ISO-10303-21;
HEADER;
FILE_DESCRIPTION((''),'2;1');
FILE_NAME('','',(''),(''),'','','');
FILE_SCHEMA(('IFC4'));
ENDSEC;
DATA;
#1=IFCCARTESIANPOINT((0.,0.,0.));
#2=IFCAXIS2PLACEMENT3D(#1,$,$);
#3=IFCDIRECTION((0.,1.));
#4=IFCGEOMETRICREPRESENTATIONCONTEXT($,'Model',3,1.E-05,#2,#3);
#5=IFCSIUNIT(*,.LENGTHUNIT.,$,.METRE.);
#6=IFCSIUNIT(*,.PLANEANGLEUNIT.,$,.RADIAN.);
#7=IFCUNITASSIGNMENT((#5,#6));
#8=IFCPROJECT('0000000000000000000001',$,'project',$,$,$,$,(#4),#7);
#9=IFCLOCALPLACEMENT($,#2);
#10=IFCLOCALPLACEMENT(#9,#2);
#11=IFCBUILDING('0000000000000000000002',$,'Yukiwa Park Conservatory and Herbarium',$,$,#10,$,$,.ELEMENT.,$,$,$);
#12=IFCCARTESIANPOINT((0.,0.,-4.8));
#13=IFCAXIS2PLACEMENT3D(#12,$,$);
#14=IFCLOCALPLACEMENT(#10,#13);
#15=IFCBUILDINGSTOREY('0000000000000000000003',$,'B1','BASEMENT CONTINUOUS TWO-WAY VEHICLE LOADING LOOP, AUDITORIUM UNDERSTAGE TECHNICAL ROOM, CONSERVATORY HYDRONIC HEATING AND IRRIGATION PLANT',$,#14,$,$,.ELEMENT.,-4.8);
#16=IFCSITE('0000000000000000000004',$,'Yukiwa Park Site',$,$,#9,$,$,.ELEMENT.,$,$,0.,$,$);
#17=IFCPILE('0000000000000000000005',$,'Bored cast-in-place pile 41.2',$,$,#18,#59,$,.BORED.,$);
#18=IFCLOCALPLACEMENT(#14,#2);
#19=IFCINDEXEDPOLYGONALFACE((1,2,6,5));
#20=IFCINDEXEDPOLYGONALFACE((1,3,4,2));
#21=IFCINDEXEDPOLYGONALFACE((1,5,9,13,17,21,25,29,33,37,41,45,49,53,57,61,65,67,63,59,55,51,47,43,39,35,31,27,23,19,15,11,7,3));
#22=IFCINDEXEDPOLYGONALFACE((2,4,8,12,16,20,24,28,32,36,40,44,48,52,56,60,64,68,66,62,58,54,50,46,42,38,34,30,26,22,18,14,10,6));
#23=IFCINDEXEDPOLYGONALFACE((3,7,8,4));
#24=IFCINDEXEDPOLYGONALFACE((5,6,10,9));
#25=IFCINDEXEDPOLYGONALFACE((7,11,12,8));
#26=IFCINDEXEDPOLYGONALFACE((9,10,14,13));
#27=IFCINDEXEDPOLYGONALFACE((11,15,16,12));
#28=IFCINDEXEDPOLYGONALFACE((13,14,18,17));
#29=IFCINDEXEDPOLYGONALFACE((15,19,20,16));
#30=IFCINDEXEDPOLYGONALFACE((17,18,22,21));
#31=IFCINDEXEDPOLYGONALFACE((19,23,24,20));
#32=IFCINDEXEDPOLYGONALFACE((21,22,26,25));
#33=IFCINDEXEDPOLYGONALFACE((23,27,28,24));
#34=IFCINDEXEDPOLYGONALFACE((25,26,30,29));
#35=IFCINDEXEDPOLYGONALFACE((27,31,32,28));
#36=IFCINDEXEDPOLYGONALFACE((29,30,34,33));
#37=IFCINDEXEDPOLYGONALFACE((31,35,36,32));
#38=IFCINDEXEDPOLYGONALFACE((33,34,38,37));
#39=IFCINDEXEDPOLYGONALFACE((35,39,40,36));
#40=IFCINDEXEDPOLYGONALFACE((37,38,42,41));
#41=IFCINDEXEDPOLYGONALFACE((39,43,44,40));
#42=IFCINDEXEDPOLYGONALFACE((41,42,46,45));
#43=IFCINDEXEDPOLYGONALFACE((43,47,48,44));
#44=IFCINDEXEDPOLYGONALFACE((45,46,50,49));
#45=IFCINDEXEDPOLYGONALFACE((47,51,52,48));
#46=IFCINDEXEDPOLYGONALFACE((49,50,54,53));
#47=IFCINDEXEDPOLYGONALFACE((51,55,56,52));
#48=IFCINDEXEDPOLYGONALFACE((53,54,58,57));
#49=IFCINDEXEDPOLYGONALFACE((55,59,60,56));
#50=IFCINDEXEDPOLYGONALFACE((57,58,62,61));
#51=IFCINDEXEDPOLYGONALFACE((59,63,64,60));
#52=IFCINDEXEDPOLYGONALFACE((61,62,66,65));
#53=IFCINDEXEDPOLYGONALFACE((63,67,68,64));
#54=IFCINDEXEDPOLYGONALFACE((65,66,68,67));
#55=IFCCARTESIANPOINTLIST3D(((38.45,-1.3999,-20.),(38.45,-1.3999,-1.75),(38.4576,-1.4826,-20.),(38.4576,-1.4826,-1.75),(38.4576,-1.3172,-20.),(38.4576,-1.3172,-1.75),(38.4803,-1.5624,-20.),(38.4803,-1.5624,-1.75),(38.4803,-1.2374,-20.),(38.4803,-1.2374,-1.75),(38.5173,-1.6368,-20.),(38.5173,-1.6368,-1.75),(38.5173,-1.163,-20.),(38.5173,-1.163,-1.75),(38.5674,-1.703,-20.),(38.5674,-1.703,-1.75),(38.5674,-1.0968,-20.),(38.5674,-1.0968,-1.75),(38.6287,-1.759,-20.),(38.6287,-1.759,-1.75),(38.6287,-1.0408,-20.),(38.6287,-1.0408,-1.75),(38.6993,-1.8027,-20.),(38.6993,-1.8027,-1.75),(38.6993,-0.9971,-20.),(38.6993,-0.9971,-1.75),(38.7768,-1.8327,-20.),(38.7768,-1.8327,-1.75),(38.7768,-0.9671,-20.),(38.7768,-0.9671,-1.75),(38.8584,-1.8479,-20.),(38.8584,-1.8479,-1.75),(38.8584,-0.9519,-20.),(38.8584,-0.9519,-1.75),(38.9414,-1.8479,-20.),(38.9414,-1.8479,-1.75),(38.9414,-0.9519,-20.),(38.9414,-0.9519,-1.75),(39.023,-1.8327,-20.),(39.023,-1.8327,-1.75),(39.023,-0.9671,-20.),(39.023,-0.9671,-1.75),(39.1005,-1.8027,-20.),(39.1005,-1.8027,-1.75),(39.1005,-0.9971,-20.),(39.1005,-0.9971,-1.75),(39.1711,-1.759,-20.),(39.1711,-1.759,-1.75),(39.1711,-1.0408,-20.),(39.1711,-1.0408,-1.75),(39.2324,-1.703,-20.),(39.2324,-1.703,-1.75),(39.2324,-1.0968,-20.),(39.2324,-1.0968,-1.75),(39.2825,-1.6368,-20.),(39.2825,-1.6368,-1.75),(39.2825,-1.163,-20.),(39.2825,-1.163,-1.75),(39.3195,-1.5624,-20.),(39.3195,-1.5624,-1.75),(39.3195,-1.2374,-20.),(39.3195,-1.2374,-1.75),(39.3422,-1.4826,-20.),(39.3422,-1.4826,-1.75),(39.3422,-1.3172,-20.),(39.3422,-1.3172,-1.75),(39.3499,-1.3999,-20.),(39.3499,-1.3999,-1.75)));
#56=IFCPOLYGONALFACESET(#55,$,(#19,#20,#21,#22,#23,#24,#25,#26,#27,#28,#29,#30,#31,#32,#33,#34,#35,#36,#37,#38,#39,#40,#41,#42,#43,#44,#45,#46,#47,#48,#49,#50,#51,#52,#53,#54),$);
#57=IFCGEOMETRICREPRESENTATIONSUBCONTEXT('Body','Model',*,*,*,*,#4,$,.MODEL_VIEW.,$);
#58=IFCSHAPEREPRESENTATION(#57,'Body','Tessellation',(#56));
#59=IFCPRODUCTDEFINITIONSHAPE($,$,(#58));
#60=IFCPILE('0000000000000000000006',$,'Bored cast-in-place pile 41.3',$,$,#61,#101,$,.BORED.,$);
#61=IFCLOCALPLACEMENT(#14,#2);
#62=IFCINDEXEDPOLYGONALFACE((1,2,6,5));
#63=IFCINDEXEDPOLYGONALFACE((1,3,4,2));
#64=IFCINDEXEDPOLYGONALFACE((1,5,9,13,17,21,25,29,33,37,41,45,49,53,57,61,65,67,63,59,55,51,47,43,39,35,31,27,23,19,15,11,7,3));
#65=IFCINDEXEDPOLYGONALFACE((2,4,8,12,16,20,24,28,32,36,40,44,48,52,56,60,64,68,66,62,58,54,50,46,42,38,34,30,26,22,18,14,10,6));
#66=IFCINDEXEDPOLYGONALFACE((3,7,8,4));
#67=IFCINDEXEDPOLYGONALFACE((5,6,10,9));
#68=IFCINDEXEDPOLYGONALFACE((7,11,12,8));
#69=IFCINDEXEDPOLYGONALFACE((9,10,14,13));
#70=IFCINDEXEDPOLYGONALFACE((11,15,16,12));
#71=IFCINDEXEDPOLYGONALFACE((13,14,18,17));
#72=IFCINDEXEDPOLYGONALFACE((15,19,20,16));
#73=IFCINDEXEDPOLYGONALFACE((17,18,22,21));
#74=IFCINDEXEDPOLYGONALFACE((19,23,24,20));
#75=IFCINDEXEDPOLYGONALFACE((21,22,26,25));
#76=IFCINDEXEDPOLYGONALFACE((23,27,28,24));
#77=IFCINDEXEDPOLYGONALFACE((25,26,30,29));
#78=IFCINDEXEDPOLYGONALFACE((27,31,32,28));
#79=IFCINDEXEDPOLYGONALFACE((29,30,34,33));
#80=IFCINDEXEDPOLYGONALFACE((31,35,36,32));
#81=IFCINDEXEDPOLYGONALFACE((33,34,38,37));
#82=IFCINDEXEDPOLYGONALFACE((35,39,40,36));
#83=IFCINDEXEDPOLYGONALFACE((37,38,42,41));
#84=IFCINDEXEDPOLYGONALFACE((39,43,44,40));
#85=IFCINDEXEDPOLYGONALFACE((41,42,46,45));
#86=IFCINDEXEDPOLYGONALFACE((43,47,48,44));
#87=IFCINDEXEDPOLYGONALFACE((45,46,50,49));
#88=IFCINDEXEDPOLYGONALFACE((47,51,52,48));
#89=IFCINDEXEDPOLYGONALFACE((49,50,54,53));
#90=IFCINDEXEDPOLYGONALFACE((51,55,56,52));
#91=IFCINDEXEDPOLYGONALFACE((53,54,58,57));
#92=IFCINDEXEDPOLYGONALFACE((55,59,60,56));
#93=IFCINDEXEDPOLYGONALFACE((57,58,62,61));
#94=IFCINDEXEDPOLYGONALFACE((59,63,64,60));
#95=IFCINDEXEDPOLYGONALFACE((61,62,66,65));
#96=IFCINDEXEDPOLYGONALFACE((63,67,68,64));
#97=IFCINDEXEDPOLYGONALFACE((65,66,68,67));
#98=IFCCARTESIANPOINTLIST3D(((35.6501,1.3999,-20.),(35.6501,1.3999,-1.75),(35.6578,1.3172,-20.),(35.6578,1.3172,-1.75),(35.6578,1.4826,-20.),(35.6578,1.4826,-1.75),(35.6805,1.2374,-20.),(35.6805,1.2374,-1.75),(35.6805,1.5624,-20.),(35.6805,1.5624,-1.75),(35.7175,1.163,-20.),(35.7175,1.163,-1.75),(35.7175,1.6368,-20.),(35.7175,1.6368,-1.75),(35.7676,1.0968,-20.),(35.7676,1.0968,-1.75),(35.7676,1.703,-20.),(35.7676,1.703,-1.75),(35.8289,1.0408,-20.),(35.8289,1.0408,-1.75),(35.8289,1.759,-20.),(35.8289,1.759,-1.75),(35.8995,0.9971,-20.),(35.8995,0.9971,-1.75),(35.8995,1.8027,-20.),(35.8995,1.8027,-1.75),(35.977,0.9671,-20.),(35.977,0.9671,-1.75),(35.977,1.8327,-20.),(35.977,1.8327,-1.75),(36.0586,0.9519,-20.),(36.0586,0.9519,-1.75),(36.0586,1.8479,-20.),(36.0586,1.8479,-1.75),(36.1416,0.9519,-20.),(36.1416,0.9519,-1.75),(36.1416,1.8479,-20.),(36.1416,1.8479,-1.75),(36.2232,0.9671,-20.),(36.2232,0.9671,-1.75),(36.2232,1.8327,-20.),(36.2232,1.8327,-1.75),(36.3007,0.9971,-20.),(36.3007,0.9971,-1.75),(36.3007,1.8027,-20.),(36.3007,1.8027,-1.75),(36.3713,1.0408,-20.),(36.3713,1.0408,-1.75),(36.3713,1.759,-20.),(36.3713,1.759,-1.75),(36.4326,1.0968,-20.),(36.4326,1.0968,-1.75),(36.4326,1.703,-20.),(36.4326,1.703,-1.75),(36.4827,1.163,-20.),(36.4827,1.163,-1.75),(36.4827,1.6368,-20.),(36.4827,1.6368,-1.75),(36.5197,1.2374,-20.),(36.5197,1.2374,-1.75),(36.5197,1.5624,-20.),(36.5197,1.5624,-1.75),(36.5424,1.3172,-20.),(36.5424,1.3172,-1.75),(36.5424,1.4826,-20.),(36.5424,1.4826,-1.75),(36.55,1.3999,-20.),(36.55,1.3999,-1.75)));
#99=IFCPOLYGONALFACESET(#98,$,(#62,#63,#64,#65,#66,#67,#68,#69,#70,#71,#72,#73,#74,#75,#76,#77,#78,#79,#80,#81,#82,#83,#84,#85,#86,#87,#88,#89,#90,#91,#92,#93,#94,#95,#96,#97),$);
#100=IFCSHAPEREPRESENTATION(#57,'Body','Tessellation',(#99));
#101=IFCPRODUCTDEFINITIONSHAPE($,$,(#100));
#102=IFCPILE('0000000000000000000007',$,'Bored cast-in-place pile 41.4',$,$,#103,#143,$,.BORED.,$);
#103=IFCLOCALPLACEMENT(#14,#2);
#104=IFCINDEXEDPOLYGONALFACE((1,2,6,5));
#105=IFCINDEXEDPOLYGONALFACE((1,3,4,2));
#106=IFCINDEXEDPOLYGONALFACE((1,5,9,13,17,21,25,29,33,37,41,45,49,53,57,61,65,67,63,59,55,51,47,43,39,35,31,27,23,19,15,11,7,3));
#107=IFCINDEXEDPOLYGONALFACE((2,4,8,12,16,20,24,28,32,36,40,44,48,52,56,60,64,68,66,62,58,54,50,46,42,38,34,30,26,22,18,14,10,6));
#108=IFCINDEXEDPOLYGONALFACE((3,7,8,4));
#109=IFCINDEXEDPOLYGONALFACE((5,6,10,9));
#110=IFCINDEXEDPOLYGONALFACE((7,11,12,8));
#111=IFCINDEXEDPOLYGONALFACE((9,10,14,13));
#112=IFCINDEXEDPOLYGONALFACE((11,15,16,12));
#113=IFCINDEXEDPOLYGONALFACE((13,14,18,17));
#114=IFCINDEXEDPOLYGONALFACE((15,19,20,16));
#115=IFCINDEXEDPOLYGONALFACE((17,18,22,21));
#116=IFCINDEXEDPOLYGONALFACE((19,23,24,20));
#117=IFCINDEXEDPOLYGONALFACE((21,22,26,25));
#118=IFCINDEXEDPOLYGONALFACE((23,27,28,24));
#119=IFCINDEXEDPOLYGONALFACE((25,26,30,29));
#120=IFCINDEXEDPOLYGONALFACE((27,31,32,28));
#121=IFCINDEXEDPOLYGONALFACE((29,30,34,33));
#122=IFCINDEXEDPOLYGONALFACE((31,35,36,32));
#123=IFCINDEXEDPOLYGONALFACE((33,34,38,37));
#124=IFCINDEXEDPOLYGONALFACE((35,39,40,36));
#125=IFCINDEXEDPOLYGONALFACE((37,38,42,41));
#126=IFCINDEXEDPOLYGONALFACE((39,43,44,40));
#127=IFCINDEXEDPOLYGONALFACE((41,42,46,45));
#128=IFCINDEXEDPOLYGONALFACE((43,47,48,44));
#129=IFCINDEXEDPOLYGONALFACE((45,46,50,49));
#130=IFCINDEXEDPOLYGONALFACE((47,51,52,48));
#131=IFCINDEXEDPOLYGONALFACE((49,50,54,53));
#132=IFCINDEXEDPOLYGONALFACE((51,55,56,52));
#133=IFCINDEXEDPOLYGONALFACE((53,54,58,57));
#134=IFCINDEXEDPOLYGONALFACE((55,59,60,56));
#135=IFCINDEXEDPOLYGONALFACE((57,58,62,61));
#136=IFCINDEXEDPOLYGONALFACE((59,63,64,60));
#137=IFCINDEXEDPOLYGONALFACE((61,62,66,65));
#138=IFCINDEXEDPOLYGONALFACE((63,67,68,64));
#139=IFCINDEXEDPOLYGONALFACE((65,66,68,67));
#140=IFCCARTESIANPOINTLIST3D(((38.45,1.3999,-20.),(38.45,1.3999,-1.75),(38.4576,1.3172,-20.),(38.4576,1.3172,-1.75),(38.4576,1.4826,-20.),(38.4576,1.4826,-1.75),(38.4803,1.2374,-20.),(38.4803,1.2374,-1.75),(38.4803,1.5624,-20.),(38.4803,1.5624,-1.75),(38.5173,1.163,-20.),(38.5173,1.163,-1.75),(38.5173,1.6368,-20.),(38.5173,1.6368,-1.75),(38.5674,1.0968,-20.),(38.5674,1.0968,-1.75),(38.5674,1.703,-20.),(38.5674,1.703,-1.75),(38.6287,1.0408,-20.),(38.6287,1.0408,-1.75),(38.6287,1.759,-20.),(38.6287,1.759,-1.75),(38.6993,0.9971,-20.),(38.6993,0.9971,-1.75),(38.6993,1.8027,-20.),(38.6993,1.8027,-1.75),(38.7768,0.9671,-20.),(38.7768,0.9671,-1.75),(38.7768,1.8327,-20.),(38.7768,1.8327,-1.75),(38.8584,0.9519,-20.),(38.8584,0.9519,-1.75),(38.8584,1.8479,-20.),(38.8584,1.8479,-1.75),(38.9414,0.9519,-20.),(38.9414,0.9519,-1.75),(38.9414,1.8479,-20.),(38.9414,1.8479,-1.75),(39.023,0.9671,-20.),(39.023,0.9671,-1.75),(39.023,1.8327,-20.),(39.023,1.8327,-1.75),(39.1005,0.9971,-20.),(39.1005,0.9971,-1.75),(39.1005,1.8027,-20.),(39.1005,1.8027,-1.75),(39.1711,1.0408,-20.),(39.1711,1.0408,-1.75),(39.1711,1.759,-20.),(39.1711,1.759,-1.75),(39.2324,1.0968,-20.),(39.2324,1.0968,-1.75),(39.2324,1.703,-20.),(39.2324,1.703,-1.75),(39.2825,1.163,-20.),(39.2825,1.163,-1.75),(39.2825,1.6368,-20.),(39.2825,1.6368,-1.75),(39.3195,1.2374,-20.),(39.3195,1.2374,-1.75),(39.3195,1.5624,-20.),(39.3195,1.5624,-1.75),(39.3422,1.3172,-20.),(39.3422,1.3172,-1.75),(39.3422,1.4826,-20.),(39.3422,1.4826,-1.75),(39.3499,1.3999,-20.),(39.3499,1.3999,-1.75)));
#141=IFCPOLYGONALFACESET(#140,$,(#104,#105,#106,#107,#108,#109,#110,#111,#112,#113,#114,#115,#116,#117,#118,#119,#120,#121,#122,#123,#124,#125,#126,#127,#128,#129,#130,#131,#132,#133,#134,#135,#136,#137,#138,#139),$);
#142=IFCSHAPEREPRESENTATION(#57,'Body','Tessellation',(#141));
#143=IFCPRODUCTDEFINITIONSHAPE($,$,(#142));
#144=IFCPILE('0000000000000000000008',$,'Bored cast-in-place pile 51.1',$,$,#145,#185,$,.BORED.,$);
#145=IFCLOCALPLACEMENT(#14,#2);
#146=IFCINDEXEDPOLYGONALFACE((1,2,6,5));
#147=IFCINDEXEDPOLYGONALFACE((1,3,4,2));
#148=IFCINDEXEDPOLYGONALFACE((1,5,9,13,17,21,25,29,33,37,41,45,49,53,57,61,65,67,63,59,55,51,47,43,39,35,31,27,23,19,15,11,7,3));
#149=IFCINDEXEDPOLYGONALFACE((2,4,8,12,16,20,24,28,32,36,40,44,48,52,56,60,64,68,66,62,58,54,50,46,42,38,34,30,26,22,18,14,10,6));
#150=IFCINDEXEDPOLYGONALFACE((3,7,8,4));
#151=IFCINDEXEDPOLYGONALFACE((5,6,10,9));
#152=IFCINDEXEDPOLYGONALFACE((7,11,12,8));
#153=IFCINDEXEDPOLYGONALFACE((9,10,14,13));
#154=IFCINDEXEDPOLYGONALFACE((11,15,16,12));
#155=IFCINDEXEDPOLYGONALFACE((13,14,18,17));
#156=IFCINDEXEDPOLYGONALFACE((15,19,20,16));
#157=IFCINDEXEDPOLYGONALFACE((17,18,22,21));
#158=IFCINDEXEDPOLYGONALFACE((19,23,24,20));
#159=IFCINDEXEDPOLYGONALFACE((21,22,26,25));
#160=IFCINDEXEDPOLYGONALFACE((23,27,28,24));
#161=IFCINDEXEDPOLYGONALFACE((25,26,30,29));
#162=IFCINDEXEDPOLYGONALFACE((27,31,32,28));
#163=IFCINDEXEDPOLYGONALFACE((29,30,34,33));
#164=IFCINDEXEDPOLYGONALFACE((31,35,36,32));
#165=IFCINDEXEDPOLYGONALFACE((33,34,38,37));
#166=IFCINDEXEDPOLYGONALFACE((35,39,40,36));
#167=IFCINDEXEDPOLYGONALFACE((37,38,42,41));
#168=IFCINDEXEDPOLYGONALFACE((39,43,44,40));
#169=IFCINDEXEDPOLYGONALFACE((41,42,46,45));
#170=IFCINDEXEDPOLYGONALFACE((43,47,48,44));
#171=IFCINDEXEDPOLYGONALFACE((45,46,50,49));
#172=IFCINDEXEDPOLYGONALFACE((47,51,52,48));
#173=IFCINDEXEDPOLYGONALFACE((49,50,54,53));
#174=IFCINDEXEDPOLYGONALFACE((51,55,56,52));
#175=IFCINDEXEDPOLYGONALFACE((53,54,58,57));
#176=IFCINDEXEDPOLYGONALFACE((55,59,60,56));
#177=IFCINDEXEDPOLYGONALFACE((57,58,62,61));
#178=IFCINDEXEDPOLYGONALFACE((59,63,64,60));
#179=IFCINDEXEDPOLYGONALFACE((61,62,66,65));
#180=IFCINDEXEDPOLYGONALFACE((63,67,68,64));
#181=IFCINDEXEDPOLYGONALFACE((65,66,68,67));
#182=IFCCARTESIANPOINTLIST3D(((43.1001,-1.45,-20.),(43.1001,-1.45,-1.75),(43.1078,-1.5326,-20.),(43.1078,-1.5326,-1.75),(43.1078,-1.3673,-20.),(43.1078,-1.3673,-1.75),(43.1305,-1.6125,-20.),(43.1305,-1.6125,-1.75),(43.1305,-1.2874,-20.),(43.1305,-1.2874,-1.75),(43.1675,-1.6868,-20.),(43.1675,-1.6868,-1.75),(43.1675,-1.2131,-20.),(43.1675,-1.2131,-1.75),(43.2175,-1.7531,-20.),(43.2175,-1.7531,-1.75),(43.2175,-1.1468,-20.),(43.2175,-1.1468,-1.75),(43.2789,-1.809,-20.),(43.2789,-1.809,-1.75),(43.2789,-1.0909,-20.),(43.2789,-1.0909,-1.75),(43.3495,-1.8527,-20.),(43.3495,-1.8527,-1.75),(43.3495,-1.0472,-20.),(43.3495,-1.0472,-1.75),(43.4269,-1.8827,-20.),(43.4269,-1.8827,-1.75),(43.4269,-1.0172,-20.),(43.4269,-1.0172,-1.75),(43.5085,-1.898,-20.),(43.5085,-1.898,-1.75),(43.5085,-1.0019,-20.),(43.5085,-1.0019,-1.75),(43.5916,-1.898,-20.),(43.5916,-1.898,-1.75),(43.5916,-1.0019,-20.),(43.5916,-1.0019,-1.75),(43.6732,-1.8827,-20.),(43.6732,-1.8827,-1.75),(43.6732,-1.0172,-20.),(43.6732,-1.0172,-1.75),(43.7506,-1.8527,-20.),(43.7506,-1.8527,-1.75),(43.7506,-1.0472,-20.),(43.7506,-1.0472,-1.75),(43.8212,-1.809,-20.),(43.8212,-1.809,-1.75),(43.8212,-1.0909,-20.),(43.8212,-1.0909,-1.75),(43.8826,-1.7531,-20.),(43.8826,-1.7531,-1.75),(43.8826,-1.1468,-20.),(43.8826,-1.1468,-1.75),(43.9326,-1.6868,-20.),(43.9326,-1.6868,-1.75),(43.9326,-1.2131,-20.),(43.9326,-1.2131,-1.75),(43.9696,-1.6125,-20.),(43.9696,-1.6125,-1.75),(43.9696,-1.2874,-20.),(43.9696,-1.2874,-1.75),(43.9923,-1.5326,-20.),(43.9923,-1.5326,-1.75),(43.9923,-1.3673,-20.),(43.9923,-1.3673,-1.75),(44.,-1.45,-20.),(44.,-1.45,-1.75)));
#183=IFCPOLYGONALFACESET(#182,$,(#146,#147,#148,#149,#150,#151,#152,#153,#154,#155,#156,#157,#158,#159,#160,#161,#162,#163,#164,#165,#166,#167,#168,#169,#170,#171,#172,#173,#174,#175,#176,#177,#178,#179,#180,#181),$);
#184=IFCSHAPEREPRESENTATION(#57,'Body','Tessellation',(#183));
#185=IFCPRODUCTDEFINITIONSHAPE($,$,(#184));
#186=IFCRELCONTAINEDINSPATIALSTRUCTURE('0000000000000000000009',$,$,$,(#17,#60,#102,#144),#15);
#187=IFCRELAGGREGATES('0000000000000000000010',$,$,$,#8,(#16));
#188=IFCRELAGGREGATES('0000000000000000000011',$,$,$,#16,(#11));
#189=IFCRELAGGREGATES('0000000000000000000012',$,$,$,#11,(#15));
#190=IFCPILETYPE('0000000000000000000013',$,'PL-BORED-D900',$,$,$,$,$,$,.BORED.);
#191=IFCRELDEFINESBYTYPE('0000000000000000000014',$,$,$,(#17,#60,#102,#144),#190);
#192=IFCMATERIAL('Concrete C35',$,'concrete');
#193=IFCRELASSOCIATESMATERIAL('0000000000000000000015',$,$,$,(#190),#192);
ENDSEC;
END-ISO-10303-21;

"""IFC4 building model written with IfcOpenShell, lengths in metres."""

from ifc_helpers import new_model, si_unit, direction, frame, origin, origin_2d, place, context, subcontext, project, spatial, circle, extrude, material, material_profile, profile_set, type_object, element, save


model = new_model("IFC4")

# Units and contexts
model_context = context("Model", 3, precision=1e-05, world=origin(), true_north=direction((0.0, 1.0)))
body_context = subcontext(model_context, "Body", "Model", "MODEL_VIEW")
ifc_project = project(units=[si_unit("LENGTHUNIT", "METRE"), si_unit("PLANEANGLEUNIT", "RADIAN")], contexts=[model_context])

# Site, building, storey
site_placement = place(None, origin())
site = spatial("IfcSite", under=ifc_project, at=site_placement, Name="Yukiwa Park Site", CompositionType="ELEMENT", RefElevation=0.0)
building_placement = place(site_placement, origin())
building = spatial("IfcBuilding", under=site, at=building_placement, Name="Yukiwa Park Conservatory and Herbarium", CompositionType="ELEMENT")
storey_placement = place(building_placement, frame((0.0, 0.0, -4.8)))
storey = spatial("IfcBuildingStorey", under=building, at=storey_placement, Name="B1", Description="BASEMENT CONTINUOUS TWO-WAY VEHICLE LOADING LOOP, AUDITORIUM UNDERSTAGE TECHNICAL ROOM, CONSERVATORY HYDRONIC HEATING AND IRRIGATION PLANT", CompositionType="ELEMENT", Elevation=-4.8)

# Piles
ifc_material_1 = material(Name="Concrete C35", Category="concrete")
ifc_material_profile_1 = material_profile(ifc_material_1, circle(Radius=0.45, at=origin_2d()), Name="PILE D900")
ifc_profile_set_1 = profile_set([ifc_material_profile_1], Name="Concrete C35")
pile_type = type_object("IfcPileType", Name="PL-BORED-D900", PredefinedType="BORED", material=ifc_profile_set_1)
for number, where, z_axis, x_axis, name in (
    (1, (38.8999, -1.3999, -1.75), (0.0, 0.0, -1.0), (1.0, 0.0, 0.0), "Bored cast-in-place pile 41.2"),
    (2, (36.1001, 1.3999, -1.75), (0.0, 0.0, -1.0), (1.0, 0.0, 0.0), "Bored cast-in-place pile 41.3"),
    (3, (38.8999, 1.3999, -1.75), (0.0, 0.0, -1.0), (1.0, 0.0, 0.0), "Bored cast-in-place pile 41.4"),
    (4, (43.55, -1.45, -1.75), (0.0, 0.0, -1.0), (1.0, 0.0, 0.0), "Bored cast-in-place pile 51.1"),
):
    element("IfcPile", number, at=place(storey_placement, frame(where, z_axis=z_axis, x_axis=x_axis)), inside=storey, type_object=pile_type, Name=name, PredefinedType="BORED", context=body_context, shape_type="SweptSolid", body=[
        extrude(circle(Radius=0.45, at=origin_2d()), origin(), (0.0, 0.0, 1.0), 18.25),
    ])

save(model, "model.ifc")
